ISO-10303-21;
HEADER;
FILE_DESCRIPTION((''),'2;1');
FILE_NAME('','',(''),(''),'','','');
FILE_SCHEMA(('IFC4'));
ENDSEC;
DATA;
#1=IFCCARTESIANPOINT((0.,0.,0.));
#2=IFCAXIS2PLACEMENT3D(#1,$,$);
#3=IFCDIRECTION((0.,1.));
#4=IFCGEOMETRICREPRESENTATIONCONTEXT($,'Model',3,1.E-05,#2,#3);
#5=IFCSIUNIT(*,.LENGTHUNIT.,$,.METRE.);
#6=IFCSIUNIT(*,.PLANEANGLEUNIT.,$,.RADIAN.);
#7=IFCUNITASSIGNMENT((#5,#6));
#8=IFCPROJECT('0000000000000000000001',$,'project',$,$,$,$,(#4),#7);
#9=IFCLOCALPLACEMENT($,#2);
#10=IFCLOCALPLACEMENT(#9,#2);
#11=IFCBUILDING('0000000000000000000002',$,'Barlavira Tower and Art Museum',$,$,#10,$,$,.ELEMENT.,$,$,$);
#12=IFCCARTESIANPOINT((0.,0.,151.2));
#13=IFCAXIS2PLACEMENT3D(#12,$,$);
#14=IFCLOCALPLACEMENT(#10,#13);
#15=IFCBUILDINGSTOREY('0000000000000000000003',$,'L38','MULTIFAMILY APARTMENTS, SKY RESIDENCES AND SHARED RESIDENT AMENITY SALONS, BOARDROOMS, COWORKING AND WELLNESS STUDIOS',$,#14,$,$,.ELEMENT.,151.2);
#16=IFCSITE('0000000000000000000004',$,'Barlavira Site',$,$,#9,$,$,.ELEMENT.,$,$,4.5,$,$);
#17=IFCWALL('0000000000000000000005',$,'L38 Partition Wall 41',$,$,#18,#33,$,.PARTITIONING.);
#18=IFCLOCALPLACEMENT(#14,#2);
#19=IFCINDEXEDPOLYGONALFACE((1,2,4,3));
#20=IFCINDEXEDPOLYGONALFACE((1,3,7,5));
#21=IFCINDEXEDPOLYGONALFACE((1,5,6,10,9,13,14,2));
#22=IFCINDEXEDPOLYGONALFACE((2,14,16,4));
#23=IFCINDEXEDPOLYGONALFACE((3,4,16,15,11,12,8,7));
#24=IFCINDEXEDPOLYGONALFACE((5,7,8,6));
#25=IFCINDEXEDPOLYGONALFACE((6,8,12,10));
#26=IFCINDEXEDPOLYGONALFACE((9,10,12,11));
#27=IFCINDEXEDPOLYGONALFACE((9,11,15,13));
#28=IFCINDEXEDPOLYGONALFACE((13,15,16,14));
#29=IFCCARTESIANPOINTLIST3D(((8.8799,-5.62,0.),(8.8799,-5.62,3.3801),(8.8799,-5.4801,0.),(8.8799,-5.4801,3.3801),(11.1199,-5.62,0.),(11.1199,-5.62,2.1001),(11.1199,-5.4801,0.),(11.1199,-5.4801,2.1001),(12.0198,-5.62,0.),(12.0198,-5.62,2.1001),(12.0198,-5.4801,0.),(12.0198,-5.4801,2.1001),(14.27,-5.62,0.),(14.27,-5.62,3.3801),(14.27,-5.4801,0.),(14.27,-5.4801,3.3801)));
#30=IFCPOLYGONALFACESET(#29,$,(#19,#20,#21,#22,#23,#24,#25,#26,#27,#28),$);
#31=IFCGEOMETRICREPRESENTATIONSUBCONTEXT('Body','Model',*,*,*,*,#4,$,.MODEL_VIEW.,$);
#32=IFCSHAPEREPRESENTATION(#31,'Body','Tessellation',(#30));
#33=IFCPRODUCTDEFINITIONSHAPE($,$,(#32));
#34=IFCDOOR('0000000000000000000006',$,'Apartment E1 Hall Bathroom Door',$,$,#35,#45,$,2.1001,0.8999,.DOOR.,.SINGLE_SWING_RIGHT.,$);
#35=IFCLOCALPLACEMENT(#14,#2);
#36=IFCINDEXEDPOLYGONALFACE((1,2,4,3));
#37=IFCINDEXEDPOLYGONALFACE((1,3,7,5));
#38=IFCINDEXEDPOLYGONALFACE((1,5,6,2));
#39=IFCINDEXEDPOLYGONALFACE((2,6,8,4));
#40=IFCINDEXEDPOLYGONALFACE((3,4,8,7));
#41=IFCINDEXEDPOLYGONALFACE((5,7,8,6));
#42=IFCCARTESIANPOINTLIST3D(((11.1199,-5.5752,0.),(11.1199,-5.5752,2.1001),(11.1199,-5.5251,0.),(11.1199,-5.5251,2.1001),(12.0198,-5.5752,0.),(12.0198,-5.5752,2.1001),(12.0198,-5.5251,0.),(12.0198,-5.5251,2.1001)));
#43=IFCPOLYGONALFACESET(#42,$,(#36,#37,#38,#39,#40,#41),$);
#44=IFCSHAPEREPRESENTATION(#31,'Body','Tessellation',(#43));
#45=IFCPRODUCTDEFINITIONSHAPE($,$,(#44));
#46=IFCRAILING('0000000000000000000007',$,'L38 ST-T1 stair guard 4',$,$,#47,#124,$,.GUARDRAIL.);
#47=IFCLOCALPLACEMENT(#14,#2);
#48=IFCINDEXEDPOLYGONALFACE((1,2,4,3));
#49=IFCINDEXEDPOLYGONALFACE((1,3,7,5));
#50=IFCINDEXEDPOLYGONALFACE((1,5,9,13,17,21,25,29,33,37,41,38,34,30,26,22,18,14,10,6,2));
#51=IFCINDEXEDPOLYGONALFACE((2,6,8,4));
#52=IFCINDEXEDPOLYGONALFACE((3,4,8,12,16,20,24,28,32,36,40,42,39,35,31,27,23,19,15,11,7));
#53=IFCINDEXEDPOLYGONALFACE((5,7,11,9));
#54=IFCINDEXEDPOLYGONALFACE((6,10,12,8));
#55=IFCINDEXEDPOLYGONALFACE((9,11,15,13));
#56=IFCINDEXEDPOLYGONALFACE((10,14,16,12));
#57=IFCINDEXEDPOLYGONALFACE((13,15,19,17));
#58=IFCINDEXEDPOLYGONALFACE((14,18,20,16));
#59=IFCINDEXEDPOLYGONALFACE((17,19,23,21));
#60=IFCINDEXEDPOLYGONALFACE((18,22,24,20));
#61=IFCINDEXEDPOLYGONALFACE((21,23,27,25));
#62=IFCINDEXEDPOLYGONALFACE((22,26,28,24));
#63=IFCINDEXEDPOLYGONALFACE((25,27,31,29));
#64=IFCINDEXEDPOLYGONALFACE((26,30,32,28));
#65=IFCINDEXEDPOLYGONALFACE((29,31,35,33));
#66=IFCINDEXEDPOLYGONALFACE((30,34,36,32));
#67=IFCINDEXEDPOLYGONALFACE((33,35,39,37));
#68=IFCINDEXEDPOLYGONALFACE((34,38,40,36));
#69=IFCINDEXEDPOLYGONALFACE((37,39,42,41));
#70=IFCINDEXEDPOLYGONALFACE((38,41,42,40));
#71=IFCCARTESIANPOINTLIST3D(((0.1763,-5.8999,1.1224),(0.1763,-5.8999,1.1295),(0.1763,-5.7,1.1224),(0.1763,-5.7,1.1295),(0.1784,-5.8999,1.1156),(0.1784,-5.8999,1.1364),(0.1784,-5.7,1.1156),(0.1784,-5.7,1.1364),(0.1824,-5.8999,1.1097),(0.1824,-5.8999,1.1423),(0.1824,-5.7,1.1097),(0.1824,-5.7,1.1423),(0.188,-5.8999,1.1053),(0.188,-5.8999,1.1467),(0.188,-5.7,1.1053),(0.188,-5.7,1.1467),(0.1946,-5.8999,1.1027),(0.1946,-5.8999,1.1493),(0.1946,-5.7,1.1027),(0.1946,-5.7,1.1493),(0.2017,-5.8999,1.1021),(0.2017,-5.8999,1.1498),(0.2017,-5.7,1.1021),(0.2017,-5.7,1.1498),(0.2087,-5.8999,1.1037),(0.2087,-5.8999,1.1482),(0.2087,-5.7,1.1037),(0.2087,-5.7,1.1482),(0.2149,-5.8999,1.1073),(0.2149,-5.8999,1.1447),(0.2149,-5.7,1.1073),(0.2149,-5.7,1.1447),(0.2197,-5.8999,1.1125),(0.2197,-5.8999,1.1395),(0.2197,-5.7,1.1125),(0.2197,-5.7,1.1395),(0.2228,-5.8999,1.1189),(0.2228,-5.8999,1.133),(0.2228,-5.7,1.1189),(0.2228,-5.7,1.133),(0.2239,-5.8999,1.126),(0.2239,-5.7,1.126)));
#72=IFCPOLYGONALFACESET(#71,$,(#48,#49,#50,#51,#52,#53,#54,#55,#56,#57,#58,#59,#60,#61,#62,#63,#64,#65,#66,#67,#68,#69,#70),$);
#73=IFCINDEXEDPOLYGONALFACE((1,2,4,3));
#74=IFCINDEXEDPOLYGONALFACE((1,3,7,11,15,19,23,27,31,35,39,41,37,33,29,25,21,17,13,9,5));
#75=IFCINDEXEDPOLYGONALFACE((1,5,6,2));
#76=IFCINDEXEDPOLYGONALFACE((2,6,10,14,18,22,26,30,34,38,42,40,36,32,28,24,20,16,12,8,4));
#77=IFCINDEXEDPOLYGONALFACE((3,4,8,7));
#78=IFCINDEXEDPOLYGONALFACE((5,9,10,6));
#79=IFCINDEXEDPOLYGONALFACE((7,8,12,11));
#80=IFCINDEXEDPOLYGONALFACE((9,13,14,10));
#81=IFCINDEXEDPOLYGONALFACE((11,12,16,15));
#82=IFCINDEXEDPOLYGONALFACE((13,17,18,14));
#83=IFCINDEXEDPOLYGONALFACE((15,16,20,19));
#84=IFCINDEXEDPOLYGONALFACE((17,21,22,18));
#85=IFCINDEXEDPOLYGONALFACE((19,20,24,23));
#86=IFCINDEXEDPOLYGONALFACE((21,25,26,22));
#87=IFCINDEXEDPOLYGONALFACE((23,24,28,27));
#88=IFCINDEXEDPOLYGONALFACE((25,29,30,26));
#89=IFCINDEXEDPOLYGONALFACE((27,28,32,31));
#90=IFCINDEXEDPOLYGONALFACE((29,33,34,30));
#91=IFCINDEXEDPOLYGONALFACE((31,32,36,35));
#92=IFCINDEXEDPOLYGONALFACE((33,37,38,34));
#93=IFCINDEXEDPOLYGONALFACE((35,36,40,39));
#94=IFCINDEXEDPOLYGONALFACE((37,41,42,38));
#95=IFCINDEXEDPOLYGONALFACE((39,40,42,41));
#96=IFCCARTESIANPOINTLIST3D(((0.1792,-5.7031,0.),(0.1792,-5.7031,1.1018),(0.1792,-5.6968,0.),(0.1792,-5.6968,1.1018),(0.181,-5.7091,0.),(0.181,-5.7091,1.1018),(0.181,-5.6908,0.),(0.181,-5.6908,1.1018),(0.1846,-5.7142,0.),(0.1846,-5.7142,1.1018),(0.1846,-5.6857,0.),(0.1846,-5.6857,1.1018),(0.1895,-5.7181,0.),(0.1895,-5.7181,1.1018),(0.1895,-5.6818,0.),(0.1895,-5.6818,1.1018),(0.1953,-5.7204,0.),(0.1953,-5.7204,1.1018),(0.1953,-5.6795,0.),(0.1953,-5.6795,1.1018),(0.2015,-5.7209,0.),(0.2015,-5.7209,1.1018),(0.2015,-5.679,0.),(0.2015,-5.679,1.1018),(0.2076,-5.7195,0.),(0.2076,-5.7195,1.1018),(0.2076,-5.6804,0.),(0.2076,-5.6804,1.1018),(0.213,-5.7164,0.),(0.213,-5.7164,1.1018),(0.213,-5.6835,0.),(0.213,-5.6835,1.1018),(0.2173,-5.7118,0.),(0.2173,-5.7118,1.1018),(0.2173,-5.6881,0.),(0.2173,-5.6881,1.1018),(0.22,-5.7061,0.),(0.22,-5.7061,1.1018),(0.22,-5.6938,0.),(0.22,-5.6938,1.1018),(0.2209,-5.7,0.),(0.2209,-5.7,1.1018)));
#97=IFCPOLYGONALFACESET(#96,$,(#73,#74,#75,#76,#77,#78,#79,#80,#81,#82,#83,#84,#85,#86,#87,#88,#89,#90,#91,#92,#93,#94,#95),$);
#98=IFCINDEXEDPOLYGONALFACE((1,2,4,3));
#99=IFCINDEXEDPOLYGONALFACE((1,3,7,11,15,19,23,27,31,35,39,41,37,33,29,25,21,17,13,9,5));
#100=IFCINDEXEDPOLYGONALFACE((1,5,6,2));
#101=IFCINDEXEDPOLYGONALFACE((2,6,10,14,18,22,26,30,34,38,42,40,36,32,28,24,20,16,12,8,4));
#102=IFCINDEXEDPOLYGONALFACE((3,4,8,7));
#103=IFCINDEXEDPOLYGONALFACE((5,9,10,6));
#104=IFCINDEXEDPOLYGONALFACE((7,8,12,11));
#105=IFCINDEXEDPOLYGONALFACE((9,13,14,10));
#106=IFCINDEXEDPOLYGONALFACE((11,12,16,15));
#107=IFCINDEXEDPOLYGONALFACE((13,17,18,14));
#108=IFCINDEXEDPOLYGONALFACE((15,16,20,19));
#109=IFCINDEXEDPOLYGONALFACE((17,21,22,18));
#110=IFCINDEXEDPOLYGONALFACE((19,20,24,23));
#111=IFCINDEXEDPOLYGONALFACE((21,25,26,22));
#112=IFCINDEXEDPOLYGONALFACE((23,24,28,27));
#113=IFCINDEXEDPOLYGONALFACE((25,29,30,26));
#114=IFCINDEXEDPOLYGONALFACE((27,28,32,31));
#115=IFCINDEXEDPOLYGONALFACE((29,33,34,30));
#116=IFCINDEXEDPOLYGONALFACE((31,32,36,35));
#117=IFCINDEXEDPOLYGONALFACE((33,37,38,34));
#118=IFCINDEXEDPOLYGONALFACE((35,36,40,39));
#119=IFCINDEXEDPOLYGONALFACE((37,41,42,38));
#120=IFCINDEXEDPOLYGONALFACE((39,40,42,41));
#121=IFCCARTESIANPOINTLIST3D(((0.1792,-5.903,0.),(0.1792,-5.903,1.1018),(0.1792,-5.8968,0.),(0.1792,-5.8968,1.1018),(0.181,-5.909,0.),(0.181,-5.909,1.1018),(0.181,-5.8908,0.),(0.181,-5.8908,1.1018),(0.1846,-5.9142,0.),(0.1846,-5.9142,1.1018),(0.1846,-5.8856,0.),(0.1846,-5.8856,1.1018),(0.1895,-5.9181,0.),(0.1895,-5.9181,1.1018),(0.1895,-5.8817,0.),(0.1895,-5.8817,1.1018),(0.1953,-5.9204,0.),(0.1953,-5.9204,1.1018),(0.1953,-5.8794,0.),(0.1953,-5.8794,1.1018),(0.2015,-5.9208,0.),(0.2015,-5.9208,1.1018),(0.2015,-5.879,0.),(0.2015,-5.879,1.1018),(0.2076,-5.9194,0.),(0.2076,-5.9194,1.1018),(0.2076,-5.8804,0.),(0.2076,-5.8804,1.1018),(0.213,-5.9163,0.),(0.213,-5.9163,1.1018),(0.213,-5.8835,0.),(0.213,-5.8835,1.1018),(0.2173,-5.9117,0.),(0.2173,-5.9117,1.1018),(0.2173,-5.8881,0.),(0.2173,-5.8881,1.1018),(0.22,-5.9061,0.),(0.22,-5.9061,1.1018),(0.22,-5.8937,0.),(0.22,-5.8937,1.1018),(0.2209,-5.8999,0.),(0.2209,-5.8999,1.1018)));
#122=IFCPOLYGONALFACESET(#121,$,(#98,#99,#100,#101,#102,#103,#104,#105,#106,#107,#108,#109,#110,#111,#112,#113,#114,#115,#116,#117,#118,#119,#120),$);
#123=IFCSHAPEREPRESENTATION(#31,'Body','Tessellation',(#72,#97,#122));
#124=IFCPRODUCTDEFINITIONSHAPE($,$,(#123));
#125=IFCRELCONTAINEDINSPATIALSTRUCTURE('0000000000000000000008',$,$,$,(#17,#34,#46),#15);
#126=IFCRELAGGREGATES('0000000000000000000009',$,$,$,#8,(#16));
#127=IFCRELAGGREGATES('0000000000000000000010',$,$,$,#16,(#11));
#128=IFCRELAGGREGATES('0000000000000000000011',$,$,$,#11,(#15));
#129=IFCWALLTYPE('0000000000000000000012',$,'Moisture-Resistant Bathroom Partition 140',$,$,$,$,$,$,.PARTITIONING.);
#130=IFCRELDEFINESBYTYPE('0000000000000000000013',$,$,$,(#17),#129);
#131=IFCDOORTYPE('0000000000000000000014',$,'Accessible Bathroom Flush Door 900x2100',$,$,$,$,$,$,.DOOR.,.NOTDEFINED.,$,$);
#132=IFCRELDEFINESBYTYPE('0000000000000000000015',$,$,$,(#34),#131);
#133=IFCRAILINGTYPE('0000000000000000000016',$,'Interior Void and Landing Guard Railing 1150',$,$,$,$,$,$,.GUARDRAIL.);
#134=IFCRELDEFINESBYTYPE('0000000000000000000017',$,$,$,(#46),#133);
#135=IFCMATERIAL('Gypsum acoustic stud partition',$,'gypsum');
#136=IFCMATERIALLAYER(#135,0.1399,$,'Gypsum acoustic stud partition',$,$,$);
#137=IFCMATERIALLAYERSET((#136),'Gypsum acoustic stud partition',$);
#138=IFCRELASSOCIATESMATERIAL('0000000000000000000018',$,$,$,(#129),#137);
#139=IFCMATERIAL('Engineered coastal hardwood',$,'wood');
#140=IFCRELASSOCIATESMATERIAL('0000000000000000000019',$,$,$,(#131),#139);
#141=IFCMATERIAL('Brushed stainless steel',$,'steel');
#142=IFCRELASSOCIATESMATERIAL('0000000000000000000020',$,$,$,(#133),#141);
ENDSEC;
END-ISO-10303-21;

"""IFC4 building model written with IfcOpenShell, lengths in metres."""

from ifc_helpers import new_model, si_unit, direction, frame, frame_2d, origin, origin_2d, place, context, subcontext, project, spatial, rectangle, circle, extrude, material, layer, layer_set, type_object, element, fill, save


model = new_model("IFC4")

# Units and contexts
model_context = context("Model", 3, precision=1e-05, world=origin(), true_north=direction((0.0, 1.0)))
body_context = subcontext(model_context, "Body", "Model", "MODEL_VIEW")
ifc_project = project(units=[si_unit("LENGTHUNIT", "METRE"), si_unit("PLANEANGLEUNIT", "RADIAN")], contexts=[model_context])

# Site, building, storey
site_placement = place(None, origin())
site = spatial("IfcSite", under=ifc_project, at=site_placement, Name="Barlavira Site", CompositionType="ELEMENT", RefElevation=4.5)
building_placement = place(site_placement, origin())
building = spatial("IfcBuilding", under=site, at=building_placement, Name="Barlavira Tower and Art Museum", CompositionType="ELEMENT")
storey_placement = place(building_placement, frame((0.0, 0.0, 151.2)))
storey = spatial("IfcBuildingStorey", under=building, at=storey_placement, Name="L38", Description="MULTIFAMILY APARTMENTS, SKY RESIDENCES AND SHARED RESIDENT AMENITY SALONS, BOARDROOMS, COWORKING AND WELLNESS STUDIOS", CompositionType="ELEMENT", Elevation=151.2)

# Shared definitions
ifc_material_1 = material(Name="Gypsum acoustic stud partition", Category="gypsum")
ifc_material_2 = material(Name="Engineered coastal hardwood", Category="wood")

# Shared definitions
ifc_material_3 = material(Name="Brushed stainless steel", Category="steel")

# Wall, opening, door
ifc_layer_1 = layer(ifc_material_1, 0.1399, Name="Gypsum acoustic stud partition")
ifc_layer_set_1 = layer_set([ifc_layer_1], Name="Gypsum acoustic stud partition")
wall_type_1 = type_object("IfcWallType", Name="Moisture-Resistant Bathroom Partition 140", PredefinedType="PARTITIONING", material=ifc_layer_set_1)
wall_1_placement = place(storey_placement, frame((8.8799, -5.55, 0.0), z_axis=(0.0, 0.0, 1.0), x_axis=(1.0, 0.0, 0.0)))
wall_1 = element("IfcWall", 1, at=wall_1_placement, inside=storey, type_object=wall_type_1, Name="L38 Partition Wall 41", PredefinedType="PARTITIONING", context=body_context, shape_type="SweptSolid", body=[
    extrude(rectangle(XDim=5.3901, YDim=0.1399, at=frame_2d((2.6951, 0.0))), origin(), (0.0, 0.0, 1.0), 3.3801),
])
opening_1_placement = place(wall_1_placement, frame((2.24, 0.0, 0.0)))
opening_1 = element("IfcOpeningElement", 2, at=opening_1_placement, cuts=wall_1, PredefinedType="OPENING", context=body_context, shape_type="SweptSolid", body=[
    extrude(rectangle(XDim=0.8999, YDim=2.1001, at=frame_2d((0.45, 1.05))), frame((0.0, 0.0801, 0.0), z_axis=(0.0, -1.0, 0.0), x_axis=(1.0, 0.0, 0.0)), (0.0, 0.0, 1.0), 0.1599),
])
door_type_1 = type_object("IfcDoorType", Name="Accessible Bathroom Flush Door 900x2100", OperationType="NOTDEFINED", PredefinedType="DOOR", material=ifc_material_2)
door_1_placement = place(opening_1_placement, origin())
door_1 = element("IfcDoor", 3, at=door_1_placement, inside=storey, type_object=door_type_1, Name="Apartment E1 Hall Bathroom Door", OperationType="SINGLE_SWING_RIGHT", OverallHeight=2.1001, OverallWidth=0.8999, PredefinedType="DOOR", context=body_context, shape_type="SweptSolid", body=[
    extrude(rectangle(XDim=0.8999, YDim=2.1001, at=frame_2d((0.45, 1.05))), frame((0.0, 0.0249, 0.0), z_axis=(0.0, -1.0, 0.0), x_axis=(1.0, 0.0, 0.0)), (0.0, 0.0, 1.0), 0.05),
])
fill(opening_1, door_1)

# Railing
railing_type = type_object("IfcRailingType", Name="Interior Void and Landing Guard Railing 1150", PredefinedType="GUARDRAIL", material=ifc_material_3)
railing_placement = place(storey_placement, frame((0.2, -5.7, 0.0)))
element("IfcRailing", 4, at=railing_placement, inside=storey, type_object=railing_type, Name="L38 ST-T1 stair guard 4", PredefinedType="GUARDRAIL", context=body_context, shape_type="SweptSolid", body=[
    extrude(circle(Radius=0.0239, at=origin_2d()), frame((0.0, 0.0, 1.126), z_axis=(0.0, -1.0, 0.0), x_axis=(1.0, 0.0, 0.0)), (0.0, 0.0, 1.0), 0.2),
    extrude(circle(Radius=0.021, at=origin_2d()), origin(), (0.0, 0.0, 1.0), 1.1018),
    extrude(circle(Radius=0.021, at=origin_2d()), frame((0.0, -0.2, 0.0)), (0.0, 0.0, 1.0), 1.1018),
])

save(model, "model.ifc")
